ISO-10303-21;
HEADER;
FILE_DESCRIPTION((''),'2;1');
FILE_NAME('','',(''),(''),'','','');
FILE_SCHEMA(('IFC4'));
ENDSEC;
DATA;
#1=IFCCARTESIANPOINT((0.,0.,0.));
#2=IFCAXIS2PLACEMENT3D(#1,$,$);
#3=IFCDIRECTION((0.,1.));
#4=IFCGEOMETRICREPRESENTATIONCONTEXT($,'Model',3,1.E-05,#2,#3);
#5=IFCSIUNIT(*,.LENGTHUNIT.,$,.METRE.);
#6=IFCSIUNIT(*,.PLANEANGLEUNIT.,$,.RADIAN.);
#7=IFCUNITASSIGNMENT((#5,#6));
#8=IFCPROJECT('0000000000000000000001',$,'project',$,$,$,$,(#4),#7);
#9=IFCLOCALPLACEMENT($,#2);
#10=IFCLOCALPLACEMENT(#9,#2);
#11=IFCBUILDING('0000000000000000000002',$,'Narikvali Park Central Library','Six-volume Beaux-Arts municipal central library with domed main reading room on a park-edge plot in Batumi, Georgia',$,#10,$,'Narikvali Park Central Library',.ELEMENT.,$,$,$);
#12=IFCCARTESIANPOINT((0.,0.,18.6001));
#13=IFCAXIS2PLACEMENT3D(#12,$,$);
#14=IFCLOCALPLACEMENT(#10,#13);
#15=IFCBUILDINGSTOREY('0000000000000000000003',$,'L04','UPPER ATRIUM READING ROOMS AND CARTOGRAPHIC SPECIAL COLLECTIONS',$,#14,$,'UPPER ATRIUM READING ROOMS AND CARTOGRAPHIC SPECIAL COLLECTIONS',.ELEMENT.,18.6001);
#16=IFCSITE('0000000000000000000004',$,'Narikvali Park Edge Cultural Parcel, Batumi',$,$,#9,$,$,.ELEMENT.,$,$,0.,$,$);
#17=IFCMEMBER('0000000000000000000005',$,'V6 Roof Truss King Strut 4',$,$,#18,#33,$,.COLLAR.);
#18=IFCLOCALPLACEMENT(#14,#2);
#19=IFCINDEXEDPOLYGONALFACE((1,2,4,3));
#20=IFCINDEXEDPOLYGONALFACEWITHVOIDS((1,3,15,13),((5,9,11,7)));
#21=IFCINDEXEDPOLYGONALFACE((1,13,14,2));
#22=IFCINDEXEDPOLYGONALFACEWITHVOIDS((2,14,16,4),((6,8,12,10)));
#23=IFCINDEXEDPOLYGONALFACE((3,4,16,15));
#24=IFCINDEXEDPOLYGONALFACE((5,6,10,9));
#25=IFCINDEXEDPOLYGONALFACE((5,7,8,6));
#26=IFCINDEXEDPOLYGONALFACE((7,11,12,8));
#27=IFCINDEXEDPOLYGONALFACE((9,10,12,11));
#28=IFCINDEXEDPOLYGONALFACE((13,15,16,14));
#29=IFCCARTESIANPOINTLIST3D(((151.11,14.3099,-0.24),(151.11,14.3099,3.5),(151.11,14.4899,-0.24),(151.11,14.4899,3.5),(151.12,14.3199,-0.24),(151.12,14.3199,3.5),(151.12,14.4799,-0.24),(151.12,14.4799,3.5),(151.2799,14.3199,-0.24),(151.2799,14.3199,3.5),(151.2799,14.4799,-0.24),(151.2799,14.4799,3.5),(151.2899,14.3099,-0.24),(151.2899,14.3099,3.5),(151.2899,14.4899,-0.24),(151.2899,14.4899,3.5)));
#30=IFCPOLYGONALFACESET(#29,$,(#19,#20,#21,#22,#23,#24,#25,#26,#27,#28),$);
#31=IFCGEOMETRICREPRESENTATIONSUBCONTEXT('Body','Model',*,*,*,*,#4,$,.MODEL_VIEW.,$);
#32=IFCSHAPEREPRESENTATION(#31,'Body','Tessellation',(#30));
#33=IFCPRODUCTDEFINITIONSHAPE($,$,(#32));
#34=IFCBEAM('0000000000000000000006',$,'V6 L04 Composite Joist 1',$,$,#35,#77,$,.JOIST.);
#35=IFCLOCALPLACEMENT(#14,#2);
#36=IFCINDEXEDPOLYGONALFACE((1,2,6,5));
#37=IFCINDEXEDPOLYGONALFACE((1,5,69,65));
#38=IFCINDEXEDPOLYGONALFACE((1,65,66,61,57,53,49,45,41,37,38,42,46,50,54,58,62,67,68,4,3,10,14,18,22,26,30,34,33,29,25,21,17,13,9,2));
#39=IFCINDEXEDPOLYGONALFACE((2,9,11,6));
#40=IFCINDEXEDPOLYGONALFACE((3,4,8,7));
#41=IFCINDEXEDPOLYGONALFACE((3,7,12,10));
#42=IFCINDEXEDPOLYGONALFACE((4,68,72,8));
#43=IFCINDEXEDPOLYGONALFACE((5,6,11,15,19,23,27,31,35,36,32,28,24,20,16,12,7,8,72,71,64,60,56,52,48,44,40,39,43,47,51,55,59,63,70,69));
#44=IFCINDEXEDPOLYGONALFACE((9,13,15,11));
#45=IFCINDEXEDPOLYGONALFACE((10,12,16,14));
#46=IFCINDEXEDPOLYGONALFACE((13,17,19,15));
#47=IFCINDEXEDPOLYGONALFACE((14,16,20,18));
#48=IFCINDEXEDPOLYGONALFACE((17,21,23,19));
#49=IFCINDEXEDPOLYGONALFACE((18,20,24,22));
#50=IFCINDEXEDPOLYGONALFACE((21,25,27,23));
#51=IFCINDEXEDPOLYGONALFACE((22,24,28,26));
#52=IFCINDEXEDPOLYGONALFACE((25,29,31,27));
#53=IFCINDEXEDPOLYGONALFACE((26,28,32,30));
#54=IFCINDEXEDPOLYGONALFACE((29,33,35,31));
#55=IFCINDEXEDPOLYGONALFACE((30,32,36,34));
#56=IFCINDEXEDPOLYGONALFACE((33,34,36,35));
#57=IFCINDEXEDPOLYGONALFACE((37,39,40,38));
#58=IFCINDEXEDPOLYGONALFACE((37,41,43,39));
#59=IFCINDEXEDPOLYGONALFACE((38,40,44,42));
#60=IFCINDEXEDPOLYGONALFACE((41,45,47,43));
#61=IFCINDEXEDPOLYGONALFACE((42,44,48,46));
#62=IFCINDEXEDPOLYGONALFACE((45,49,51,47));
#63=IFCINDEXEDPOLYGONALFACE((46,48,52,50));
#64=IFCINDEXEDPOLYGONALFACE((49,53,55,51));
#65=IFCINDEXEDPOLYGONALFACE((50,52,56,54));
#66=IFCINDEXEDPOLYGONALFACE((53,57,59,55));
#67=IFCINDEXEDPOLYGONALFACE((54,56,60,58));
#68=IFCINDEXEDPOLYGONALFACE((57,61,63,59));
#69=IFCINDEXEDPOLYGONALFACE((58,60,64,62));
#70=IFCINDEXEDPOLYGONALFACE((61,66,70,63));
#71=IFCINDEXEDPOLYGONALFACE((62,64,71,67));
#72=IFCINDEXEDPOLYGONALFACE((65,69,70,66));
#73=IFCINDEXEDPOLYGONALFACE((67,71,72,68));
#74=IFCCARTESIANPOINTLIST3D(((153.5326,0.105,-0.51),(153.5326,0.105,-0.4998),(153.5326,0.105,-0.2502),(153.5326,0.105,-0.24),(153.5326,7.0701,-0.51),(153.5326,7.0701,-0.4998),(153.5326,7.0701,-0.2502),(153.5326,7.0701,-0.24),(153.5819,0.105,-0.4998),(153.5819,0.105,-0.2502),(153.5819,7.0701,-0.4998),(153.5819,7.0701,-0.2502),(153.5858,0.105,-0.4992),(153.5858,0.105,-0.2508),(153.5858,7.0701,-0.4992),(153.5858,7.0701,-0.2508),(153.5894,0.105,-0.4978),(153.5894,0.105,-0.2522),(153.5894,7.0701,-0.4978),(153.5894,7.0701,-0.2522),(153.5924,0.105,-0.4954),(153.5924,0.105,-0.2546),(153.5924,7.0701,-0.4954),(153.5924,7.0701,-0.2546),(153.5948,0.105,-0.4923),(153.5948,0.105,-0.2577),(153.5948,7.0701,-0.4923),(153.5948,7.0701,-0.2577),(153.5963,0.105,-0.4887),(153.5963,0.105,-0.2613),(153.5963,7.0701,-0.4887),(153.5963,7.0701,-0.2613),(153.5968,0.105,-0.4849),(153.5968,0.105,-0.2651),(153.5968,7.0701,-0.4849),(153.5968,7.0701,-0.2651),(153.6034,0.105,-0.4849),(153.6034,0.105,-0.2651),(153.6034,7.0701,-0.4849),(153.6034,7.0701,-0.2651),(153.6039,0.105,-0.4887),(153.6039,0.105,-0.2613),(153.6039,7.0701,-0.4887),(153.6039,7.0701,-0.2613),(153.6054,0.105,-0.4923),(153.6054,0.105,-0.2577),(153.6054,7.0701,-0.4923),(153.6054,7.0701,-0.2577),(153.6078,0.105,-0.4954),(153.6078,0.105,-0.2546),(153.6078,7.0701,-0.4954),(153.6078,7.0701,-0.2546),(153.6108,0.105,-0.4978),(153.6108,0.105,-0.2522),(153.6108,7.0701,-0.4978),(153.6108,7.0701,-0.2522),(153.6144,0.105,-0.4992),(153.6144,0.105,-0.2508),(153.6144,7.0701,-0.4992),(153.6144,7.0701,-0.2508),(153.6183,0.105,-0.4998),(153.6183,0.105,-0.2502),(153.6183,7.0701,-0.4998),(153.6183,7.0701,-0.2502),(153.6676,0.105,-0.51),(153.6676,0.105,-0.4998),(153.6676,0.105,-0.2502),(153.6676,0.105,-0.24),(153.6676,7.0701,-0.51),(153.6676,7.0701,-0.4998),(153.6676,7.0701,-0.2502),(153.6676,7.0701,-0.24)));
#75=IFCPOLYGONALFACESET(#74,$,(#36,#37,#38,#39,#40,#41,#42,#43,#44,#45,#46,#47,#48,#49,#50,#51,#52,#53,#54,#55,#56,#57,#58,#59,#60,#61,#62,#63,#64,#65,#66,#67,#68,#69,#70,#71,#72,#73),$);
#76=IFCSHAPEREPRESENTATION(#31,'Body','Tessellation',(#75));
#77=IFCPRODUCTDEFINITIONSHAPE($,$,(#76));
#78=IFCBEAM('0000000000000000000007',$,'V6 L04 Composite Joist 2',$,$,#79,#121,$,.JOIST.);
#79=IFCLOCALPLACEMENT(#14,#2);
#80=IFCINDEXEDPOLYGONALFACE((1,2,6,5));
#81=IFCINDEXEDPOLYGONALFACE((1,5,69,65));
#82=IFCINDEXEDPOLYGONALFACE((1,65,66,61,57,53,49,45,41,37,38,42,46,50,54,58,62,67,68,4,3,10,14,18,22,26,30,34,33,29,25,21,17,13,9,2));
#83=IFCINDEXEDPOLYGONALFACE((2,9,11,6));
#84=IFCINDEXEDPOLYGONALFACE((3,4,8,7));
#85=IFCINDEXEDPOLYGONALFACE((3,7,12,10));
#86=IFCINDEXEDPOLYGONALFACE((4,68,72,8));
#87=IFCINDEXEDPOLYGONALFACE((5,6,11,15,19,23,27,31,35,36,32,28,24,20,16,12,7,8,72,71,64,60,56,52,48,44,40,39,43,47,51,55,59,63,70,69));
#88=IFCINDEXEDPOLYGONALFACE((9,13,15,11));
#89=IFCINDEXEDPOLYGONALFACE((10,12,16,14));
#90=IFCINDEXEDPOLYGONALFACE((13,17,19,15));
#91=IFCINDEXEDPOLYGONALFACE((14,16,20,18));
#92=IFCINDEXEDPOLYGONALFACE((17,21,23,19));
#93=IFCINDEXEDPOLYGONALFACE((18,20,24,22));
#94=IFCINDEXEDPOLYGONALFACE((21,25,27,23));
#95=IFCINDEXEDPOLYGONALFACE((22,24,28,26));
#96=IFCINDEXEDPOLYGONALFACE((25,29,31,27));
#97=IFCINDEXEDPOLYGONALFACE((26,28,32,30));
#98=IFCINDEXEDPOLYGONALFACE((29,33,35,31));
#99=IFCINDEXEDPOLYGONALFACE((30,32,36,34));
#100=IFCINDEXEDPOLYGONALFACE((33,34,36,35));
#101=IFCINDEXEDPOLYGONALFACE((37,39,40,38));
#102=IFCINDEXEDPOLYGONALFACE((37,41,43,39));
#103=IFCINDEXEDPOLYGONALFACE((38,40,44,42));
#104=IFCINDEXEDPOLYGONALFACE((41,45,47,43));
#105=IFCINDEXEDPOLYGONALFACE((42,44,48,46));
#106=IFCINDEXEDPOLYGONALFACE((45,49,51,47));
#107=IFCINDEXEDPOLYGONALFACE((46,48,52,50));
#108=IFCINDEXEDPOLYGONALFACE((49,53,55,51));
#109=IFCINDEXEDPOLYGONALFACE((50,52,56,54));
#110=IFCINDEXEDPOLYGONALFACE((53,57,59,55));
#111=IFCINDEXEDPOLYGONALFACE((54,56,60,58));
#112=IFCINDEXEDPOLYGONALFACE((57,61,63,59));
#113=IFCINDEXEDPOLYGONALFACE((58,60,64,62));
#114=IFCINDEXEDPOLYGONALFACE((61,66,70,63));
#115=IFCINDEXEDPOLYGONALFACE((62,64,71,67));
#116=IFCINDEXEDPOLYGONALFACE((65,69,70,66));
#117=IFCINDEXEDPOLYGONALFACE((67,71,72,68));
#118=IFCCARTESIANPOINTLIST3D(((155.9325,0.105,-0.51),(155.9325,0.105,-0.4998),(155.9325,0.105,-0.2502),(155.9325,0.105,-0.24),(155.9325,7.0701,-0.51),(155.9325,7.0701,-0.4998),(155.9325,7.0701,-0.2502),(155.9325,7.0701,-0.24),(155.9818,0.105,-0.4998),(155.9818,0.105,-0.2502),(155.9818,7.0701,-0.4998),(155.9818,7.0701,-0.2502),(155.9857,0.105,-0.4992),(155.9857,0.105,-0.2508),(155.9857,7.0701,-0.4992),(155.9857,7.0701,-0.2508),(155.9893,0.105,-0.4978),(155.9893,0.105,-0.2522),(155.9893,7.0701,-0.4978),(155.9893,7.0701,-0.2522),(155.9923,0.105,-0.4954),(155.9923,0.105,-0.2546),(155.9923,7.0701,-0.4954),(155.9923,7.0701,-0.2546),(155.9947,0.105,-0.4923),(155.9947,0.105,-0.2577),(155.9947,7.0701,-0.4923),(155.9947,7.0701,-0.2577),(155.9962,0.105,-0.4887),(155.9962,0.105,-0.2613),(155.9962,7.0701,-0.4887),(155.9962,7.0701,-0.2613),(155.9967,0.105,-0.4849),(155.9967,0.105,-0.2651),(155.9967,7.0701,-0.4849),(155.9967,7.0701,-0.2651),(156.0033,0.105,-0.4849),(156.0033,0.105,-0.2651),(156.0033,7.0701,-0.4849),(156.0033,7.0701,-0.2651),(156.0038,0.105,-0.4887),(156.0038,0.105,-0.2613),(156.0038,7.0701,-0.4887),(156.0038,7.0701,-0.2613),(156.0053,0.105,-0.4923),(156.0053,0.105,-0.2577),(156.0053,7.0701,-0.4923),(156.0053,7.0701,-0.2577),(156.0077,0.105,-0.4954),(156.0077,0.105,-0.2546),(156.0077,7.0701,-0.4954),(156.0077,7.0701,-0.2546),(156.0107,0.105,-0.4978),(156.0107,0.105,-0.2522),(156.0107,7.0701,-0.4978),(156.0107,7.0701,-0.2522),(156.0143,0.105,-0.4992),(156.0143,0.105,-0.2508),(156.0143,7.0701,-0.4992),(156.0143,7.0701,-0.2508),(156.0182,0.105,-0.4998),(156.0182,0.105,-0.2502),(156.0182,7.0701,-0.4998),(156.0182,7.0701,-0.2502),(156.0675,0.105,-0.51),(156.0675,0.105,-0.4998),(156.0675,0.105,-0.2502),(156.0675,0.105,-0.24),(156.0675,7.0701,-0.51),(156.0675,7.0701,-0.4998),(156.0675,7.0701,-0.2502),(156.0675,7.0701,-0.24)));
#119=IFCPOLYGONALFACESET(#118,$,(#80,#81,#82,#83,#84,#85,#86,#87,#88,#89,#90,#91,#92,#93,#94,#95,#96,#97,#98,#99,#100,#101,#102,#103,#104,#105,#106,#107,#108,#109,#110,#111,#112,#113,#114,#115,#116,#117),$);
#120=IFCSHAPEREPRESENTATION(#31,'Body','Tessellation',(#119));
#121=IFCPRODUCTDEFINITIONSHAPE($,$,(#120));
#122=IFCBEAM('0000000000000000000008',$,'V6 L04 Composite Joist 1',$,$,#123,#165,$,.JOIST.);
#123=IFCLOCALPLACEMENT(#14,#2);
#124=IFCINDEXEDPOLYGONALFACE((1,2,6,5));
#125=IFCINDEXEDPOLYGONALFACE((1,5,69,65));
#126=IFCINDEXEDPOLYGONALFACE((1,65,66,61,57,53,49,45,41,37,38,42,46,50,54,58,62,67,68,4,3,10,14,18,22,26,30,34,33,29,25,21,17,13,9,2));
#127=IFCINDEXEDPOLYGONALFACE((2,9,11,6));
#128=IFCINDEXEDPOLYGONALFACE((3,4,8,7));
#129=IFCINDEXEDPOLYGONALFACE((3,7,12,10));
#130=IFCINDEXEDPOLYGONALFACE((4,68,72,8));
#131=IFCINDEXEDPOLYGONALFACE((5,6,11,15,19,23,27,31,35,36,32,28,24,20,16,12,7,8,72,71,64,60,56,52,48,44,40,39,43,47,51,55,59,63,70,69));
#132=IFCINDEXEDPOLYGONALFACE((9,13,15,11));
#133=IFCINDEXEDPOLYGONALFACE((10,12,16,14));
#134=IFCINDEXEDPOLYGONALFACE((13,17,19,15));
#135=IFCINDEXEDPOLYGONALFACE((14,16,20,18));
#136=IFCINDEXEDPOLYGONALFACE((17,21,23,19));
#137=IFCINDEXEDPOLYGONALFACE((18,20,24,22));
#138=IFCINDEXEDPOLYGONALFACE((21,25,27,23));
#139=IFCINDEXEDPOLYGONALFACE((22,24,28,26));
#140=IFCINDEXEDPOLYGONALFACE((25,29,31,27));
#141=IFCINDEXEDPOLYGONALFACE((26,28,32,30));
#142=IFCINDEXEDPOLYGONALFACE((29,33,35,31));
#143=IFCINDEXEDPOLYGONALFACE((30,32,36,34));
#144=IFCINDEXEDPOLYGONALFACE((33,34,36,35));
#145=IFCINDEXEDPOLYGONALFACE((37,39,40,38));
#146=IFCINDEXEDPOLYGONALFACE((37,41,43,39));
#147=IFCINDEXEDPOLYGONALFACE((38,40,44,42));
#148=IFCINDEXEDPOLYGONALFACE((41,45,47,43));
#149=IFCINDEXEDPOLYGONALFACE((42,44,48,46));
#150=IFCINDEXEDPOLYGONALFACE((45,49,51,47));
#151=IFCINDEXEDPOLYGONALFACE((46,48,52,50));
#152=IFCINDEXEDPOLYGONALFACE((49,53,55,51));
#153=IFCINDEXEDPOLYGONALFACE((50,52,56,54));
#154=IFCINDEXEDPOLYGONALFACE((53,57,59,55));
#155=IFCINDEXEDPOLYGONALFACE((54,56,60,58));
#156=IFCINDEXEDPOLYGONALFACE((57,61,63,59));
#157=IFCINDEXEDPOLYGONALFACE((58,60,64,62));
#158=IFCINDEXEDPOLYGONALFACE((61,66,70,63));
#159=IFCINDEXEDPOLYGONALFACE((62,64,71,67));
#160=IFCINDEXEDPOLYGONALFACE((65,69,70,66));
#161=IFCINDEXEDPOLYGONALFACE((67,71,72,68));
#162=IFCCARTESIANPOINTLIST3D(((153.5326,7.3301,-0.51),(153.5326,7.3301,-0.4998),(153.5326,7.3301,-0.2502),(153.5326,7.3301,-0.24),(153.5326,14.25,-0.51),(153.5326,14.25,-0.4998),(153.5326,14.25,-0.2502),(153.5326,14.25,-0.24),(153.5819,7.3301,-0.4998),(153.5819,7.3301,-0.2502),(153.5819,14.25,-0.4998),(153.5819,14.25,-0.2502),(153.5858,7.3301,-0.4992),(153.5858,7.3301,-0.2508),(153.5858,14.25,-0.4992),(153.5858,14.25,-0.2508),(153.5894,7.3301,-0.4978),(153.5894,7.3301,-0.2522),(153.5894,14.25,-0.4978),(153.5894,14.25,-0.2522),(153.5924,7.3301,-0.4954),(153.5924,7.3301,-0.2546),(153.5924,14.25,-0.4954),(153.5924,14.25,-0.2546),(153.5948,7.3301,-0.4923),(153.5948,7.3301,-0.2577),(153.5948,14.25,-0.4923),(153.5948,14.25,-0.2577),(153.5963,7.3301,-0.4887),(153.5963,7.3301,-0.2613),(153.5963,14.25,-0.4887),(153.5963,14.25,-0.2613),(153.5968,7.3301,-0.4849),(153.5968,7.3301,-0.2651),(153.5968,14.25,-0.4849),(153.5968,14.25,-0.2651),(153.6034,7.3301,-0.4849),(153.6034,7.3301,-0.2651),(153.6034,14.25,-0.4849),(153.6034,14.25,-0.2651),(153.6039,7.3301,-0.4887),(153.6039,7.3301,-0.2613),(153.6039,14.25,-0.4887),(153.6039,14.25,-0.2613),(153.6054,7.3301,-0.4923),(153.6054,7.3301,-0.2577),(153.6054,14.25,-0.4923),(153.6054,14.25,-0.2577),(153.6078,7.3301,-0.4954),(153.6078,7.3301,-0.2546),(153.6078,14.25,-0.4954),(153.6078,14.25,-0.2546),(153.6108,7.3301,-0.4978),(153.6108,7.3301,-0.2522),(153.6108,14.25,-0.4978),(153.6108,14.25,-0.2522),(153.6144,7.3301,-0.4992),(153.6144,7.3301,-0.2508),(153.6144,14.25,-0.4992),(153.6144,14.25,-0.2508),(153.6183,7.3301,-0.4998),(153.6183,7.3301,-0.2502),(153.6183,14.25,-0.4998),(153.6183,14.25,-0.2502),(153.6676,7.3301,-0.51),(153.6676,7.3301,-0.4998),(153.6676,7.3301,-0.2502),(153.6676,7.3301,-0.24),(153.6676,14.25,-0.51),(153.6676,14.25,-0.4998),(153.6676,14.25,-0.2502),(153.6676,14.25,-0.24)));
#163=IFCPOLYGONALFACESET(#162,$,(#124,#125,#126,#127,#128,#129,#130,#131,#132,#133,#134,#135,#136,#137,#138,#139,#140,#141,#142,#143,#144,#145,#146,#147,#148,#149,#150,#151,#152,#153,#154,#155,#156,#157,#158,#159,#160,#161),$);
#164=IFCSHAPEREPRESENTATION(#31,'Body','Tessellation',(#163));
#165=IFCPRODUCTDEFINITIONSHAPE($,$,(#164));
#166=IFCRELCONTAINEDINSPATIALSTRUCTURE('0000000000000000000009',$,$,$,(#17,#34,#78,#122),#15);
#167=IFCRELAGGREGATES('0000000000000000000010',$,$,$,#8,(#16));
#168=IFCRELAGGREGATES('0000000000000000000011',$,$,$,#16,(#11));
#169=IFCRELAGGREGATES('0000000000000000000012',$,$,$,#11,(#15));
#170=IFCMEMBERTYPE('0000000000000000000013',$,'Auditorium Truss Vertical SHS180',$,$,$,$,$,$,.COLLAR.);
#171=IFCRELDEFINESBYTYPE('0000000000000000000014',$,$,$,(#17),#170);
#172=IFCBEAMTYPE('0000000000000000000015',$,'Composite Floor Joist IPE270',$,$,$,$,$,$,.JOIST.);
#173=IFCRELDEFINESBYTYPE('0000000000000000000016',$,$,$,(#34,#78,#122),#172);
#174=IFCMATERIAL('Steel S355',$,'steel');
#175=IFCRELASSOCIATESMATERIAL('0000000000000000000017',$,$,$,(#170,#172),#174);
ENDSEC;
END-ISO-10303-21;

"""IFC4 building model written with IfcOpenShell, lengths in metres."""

from ifc_helpers import new_model, si_unit, direction, frame, origin, origin_2d, place, context, subcontext, project, spatial, hollow_rectangle, i_section, extrude, material, material_profile, profile_set, type_object, element, save


model = new_model("IFC4")

# Units and contexts
model_context = context("Model", 3, precision=1e-05, world=origin(), true_north=direction((0.0, 1.0)))
body_context = subcontext(model_context, "Body", "Model", "MODEL_VIEW")
ifc_project = project(units=[si_unit("LENGTHUNIT", "METRE"), si_unit("PLANEANGLEUNIT", "RADIAN")], contexts=[model_context])

# Site, building, storey
site_placement = place(None, origin())
site = spatial("IfcSite", under=ifc_project, at=site_placement, Name="Narikvali Park Edge Cultural Parcel, Batumi", CompositionType="ELEMENT", RefElevation=0.0)
building_placement = place(site_placement, origin())
building = spatial("IfcBuilding", under=site, at=building_placement, Name="Narikvali Park Central Library", Description="Six-volume Beaux-Arts municipal central library with domed main reading room on a park-edge plot in Batumi, Georgia", LongName="Narikvali Park Central Library", CompositionType="ELEMENT")
storey_placement = place(building_placement, frame((0.0, 0.0, 18.6001)))
storey = spatial("IfcBuildingStorey", under=building, at=storey_placement, Name="L04", Description="UPPER ATRIUM READING ROOMS AND CARTOGRAPHIC SPECIAL COLLECTIONS", LongName="UPPER ATRIUM READING ROOMS AND CARTOGRAPHIC SPECIAL COLLECTIONS", CompositionType="ELEMENT", Elevation=18.6001)

# Member
ifc_material_1 = material(Name="Steel S355", Category="steel")
ifc_material_profile_1 = material_profile(ifc_material_1, hollow_rectangle(XDim=0.1799, YDim=0.1799, WallThickness=0.01, at=origin_2d()), Name="SHS 180x180x10")
ifc_profile_set_1 = profile_set([ifc_material_profile_1], Name="Steel S355")
member_type_1 = type_object("IfcMemberType", Name="Auditorium Truss Vertical SHS180", PredefinedType="COLLAR", material=ifc_profile_set_1)
member_1_placement = place(storey_placement, frame((151.2, 14.3999, -0.24), z_axis=(0.0, 0.0, 1.0), x_axis=(1.0, 0.0, 0.0)))
element("IfcMember", 1, at=member_1_placement, inside=storey, type_object=member_type_1, Name="V6 Roof Truss King Strut 4", PredefinedType="COLLAR", context=body_context, shape_type="SweptSolid", body=[
    extrude(hollow_rectangle(XDim=0.1799, YDim=0.1799, WallThickness=0.01, at=origin_2d()), origin(), (0.0, 0.0, 1.0), 3.74),
])

# Beams
ifc_material_profile_2 = material_profile(ifc_material_1, i_section(OverallWidth=0.135, OverallDepth=0.27, WebThickness=0.0066, FlangeThickness=0.0103, FilletRadius=0.0149, at=origin_2d()), Name="IPE 270")
ifc_profile_set_2 = profile_set([ifc_material_profile_2], Name="Steel S355")
beam_type_1 = type_object("IfcBeamType", Name="Composite Floor Joist IPE270", PredefinedType="JOIST", material=ifc_profile_set_2)
for number, where, z_axis, x_axis, name in (
    (2, (153.6001, 0.105, -0.375), (0.0, 1.0, 0.0), (-1.0, 0.0, 0.0), "V6 L04 Composite Joist 1"),
    (3, (156.0, 0.105, -0.375), (0.0, 1.0, 0.0), (-1.0, 0.0, 0.0), "V6 L04 Composite Joist 2"),
):
    element("IfcBeam", number, at=place(storey_placement, frame(where, z_axis=z_axis, x_axis=x_axis)), inside=storey, type_object=beam_type_1, Name=name, PredefinedType="JOIST", context=body_context, shape_type="SweptSolid", body=[
        extrude(i_section(OverallWidth=0.135, OverallDepth=0.27, WebThickness=0.0066, FlangeThickness=0.0103, FilletRadius=0.0149, at=origin_2d()), origin(), (0.0, 0.0, 1.0), 6.9651),
    ])
for number, where, z_axis, x_axis, name in (
    (4, (153.6001, 7.3301, -0.375), (0.0, 1.0, 0.0), (-1.0, 0.0, 0.0), "V6 L04 Composite Joist 1"),
):
    element("IfcBeam", number, at=place(storey_placement, frame(where, z_axis=z_axis, x_axis=x_axis)), inside=storey, type_object=beam_type_1, Name=name, PredefinedType="JOIST", context=body_context, shape_type="SweptSolid", body=[
        extrude(i_section(OverallWidth=0.135, OverallDepth=0.27, WebThickness=0.0066, FlangeThickness=0.0103, FilletRadius=0.0149, at=origin_2d()), origin(), (0.0, 0.0, 1.0), 6.9199),
    ])

save(model, "model.ifc")
